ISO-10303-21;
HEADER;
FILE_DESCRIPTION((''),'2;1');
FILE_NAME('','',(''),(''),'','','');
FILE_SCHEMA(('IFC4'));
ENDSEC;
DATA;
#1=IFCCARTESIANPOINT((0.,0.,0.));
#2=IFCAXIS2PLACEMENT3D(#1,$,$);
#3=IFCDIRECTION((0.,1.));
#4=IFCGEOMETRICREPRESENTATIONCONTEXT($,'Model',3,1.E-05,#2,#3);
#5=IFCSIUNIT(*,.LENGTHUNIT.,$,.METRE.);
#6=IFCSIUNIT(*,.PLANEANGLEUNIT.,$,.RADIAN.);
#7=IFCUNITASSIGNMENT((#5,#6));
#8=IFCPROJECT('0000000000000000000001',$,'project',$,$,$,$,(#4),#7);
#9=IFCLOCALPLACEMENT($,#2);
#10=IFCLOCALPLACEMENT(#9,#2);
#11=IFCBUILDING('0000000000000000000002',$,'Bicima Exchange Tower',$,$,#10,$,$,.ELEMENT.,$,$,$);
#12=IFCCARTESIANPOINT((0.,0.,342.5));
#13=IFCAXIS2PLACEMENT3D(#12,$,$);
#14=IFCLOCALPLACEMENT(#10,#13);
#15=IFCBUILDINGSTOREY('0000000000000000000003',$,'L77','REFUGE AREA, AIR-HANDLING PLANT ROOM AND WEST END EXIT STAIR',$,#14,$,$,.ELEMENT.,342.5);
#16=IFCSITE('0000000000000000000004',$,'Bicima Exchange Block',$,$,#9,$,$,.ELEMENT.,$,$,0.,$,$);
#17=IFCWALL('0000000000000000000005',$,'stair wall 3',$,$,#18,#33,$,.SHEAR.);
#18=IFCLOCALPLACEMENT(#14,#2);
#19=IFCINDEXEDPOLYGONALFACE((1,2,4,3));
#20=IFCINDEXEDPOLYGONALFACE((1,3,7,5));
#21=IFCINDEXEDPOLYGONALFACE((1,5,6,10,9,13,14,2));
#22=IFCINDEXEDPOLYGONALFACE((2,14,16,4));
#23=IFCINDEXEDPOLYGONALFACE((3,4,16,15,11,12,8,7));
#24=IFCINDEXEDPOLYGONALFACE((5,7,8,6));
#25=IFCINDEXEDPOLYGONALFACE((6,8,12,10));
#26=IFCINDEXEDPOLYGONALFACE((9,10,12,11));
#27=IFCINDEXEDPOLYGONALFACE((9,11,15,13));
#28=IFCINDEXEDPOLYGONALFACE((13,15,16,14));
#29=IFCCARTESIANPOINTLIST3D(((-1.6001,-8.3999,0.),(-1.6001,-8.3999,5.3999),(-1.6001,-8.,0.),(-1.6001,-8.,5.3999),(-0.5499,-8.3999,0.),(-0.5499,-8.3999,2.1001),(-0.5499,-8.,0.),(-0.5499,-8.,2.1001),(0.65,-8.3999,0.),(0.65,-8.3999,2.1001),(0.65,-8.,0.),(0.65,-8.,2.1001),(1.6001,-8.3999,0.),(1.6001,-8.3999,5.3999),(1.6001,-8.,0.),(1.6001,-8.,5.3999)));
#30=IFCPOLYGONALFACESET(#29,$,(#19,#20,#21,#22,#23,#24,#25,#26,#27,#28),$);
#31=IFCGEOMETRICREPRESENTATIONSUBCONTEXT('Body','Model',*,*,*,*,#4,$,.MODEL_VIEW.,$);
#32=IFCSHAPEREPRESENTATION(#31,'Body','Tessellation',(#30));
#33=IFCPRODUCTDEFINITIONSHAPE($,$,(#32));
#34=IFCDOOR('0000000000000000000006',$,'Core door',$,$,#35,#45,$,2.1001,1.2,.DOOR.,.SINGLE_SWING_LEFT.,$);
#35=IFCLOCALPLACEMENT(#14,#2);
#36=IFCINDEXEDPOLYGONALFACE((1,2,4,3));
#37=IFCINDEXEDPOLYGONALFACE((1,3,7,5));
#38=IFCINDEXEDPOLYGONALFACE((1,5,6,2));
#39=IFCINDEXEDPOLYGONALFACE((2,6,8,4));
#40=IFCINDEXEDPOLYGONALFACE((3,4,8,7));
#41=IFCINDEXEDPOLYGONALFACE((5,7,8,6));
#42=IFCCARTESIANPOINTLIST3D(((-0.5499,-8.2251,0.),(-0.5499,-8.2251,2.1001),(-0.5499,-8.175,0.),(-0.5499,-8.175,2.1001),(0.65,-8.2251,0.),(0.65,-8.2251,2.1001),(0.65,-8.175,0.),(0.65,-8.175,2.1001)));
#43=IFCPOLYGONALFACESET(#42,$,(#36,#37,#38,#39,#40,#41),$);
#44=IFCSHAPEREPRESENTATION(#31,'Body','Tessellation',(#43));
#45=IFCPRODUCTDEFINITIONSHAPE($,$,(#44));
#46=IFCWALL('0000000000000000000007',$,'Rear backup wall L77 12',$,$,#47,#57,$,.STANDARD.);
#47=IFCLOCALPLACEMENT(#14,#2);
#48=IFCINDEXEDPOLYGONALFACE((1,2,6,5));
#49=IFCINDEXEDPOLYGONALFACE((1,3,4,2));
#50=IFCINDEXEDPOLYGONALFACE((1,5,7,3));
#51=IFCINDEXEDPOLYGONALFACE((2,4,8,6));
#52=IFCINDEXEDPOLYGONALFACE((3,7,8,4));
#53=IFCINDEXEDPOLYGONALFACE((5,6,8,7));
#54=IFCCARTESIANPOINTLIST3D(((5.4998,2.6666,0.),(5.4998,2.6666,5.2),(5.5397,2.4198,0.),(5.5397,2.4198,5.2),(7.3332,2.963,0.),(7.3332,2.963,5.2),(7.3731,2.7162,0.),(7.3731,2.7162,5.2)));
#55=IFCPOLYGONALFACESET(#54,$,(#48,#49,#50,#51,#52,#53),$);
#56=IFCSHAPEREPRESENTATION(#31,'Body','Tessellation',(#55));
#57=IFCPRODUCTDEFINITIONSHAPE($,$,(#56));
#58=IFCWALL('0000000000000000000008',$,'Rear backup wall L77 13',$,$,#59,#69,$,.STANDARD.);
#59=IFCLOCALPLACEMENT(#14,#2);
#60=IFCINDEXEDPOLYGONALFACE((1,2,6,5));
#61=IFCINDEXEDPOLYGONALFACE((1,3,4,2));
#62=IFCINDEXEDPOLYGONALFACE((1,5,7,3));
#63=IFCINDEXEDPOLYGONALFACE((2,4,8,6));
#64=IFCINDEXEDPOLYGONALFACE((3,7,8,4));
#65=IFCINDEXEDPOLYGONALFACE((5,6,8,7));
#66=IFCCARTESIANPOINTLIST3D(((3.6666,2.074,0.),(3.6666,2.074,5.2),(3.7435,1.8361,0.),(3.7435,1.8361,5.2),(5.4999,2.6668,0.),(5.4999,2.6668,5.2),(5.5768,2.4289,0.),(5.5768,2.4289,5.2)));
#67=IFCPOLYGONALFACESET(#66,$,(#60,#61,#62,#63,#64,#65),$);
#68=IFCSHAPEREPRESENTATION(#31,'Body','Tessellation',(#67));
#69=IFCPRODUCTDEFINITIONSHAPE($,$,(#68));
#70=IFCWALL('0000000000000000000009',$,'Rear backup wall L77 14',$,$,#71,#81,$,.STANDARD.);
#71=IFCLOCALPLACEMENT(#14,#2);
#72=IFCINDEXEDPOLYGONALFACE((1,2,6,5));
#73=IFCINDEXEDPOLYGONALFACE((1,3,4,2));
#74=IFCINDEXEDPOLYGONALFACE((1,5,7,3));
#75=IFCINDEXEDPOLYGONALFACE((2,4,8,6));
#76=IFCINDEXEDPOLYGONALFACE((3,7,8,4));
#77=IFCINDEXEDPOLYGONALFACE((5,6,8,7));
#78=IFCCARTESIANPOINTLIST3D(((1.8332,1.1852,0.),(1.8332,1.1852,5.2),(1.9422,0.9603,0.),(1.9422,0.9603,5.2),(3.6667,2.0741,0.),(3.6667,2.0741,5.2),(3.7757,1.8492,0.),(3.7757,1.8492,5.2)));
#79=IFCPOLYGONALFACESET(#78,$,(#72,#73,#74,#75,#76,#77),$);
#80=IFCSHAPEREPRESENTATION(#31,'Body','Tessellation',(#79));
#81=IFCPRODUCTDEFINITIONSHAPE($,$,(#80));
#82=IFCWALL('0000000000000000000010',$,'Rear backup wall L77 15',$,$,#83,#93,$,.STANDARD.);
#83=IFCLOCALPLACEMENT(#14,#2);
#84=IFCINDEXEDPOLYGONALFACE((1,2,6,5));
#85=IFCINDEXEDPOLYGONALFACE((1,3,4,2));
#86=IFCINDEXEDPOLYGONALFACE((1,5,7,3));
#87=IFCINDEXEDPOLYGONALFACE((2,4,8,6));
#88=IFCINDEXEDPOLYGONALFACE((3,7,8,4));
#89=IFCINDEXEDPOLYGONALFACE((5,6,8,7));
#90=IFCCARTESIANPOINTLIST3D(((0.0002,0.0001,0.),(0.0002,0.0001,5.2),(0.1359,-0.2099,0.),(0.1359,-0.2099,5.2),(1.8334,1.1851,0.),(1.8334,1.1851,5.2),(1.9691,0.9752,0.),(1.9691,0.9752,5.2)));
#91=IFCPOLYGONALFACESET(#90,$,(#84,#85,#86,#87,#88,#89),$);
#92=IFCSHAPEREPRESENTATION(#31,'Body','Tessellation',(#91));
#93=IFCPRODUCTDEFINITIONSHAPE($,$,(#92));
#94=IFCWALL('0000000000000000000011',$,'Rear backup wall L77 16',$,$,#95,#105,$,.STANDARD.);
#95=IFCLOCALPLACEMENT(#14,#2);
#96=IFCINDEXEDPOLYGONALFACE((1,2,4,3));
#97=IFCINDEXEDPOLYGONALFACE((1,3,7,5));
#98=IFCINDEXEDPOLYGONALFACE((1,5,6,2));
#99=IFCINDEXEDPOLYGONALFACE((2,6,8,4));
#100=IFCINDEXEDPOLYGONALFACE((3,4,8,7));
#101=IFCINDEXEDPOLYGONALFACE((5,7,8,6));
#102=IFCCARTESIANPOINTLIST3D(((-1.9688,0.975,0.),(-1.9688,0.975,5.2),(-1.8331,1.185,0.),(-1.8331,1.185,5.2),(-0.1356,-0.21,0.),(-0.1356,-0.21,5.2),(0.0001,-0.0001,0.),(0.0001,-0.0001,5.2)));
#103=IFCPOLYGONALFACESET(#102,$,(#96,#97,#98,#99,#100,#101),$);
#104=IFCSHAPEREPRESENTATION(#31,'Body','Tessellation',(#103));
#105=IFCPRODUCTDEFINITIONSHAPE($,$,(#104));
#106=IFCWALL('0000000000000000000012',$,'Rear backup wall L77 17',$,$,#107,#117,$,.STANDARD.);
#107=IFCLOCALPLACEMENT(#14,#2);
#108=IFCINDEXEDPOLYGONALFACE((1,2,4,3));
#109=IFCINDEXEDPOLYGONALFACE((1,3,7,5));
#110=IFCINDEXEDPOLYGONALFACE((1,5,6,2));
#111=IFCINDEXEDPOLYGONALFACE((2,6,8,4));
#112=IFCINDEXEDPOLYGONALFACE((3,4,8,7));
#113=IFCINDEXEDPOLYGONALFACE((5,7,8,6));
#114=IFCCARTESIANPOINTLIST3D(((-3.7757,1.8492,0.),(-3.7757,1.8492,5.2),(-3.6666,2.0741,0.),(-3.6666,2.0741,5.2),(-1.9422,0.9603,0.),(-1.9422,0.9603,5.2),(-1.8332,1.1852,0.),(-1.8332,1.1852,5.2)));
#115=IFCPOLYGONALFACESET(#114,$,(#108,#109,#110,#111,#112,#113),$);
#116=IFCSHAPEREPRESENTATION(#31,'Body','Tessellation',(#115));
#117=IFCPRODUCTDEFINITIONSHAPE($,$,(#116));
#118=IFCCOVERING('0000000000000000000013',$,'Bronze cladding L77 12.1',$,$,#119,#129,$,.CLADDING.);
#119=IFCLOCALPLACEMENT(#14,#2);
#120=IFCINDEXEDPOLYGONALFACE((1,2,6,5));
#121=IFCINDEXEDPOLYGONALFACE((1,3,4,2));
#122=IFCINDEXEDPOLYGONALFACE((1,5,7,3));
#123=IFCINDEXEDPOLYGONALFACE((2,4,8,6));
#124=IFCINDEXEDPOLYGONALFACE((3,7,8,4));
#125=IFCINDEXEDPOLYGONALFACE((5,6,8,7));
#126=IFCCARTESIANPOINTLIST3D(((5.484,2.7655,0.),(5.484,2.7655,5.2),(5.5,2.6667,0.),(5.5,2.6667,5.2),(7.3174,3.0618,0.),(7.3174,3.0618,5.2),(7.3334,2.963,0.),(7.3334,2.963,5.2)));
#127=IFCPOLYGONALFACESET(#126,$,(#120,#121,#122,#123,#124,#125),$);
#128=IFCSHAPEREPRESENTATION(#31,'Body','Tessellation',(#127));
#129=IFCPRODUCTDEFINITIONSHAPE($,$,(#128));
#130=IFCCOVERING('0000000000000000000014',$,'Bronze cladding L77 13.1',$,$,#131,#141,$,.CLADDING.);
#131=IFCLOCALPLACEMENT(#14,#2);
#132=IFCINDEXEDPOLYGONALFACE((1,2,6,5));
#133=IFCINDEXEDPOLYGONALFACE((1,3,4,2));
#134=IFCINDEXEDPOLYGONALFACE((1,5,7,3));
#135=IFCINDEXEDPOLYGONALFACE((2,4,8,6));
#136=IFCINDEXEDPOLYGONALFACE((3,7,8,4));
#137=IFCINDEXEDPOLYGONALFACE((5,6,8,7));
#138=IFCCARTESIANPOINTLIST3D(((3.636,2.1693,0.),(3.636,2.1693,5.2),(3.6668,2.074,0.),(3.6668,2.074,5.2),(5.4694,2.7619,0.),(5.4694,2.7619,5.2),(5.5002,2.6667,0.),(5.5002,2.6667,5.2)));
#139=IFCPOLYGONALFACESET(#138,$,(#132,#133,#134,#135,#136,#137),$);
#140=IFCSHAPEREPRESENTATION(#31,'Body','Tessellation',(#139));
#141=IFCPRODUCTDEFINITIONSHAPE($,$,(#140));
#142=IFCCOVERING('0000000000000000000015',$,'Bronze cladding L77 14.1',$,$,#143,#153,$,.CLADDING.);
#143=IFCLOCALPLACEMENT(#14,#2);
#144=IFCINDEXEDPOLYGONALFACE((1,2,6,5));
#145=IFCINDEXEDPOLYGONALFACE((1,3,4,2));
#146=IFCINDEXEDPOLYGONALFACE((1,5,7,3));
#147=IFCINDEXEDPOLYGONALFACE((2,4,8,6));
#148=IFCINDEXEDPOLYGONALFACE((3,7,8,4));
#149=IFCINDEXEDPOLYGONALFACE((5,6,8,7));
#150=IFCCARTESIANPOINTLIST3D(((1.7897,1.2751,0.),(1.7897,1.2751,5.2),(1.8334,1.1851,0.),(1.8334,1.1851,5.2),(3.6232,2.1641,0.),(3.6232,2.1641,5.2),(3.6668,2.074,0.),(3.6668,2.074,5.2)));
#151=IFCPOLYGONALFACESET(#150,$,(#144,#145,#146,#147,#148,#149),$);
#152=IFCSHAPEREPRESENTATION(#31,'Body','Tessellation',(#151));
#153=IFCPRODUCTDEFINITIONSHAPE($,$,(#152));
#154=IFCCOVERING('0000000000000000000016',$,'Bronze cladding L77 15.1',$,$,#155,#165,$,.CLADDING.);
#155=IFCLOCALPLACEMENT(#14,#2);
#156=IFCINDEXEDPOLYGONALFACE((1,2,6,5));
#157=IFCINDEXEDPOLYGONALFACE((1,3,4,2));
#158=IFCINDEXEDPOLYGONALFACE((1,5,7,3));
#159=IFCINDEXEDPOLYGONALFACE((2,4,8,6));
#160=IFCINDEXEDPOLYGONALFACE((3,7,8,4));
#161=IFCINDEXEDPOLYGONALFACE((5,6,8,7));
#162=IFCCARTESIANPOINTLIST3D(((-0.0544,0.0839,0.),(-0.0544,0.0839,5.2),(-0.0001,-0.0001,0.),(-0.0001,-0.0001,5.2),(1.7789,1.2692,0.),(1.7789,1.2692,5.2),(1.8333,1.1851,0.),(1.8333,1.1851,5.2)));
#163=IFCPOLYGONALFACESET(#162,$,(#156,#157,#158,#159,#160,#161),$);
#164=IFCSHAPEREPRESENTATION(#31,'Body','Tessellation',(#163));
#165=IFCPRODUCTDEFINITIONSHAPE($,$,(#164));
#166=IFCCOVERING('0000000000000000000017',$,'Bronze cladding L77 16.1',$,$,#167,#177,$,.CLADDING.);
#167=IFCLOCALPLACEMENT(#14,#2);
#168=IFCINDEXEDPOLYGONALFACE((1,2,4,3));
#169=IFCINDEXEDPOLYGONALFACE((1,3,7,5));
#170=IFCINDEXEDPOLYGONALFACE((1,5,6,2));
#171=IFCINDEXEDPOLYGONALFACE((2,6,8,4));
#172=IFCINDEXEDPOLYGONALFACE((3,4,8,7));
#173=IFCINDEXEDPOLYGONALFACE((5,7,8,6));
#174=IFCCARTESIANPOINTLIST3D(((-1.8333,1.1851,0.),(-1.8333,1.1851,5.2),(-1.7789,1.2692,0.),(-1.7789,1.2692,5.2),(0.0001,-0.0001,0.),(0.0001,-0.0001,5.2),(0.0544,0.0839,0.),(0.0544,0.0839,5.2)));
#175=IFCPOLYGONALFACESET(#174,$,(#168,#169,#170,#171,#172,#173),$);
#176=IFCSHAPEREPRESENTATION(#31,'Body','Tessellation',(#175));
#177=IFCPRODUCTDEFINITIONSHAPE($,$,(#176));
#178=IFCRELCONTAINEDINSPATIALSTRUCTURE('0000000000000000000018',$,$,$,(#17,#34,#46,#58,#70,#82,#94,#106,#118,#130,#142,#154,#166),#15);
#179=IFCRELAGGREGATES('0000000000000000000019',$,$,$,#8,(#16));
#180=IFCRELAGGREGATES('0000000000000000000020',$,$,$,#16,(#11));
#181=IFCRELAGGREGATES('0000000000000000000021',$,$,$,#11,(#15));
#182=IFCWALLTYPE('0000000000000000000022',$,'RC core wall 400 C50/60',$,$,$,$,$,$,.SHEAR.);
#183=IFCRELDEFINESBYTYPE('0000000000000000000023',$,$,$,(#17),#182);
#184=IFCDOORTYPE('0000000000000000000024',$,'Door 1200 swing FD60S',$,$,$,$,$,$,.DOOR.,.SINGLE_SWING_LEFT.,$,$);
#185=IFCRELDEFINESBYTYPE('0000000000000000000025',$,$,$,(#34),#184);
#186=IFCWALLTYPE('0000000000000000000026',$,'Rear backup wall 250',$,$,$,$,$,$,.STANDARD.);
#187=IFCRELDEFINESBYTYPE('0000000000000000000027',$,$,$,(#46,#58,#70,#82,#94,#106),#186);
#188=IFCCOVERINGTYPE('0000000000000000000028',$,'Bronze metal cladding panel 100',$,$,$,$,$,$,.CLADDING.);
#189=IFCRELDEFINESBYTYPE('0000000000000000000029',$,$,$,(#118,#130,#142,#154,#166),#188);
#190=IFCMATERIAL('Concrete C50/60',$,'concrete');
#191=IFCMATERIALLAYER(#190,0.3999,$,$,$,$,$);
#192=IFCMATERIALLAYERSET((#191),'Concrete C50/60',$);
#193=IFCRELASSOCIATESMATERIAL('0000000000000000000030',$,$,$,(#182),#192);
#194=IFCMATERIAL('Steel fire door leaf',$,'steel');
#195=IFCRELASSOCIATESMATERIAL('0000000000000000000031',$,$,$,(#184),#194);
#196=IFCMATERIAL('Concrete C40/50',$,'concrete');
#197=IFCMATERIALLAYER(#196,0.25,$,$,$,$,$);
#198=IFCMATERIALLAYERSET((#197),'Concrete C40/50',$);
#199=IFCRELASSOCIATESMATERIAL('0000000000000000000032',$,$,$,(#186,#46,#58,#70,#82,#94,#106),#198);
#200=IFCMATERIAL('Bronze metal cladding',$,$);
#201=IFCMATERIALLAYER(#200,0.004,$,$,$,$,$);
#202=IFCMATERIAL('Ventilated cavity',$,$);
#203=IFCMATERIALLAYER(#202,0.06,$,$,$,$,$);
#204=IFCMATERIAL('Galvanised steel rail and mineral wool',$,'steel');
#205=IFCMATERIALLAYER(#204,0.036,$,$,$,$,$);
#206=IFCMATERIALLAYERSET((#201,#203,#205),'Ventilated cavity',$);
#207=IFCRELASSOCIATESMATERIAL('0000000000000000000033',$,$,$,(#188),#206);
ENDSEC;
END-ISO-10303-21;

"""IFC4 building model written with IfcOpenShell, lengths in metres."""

from ifc_helpers import new_model, si_unit, direction, frame, frame_2d, origin, origin_2d, place, context, subcontext, project, spatial, rectangle, extrude, material, layer, layer_set, layer_usage, type_object, element, fill, save


model = new_model("IFC4")

# Units and contexts
model_context = context("Model", 3, precision=1e-05, world=origin(), true_north=direction((0.0, 1.0)))
body_context = subcontext(model_context, "Body", "Model", "MODEL_VIEW")
ifc_project = project(units=[si_unit("LENGTHUNIT", "METRE"), si_unit("PLANEANGLEUNIT", "RADIAN")], contexts=[model_context])

# Site, building, storey
site_placement = place(None, origin())
site = spatial("IfcSite", under=ifc_project, at=site_placement, Name="Bicima Exchange Block", CompositionType="ELEMENT", RefElevation=0.0)
building_placement = place(site_placement, origin())
building = spatial("IfcBuilding", under=site, at=building_placement, Name="Bicima Exchange Tower", CompositionType="ELEMENT")
storey_placement = place(building_placement, frame((0.0, 0.0, 342.5)))
storey = spatial("IfcBuildingStorey", under=building, at=storey_placement, Name="L77", Description="REFUGE AREA, AIR-HANDLING PLANT ROOM AND WEST END EXIT STAIR", CompositionType="ELEMENT", Elevation=342.5)

# Shared definitions
ifc_material_1 = material(Name="Concrete C40/50", Category="concrete")

# Shared definitions
ifc_material_2 = material(Name="Concrete C50/60", Category="concrete")

# Shared definitions
ifc_material_3 = material(Name="Steel fire door leaf", Category="steel")

# Wall, opening, door
ifc_layer_1 = layer(ifc_material_2, 0.3999)
ifc_layer_set_1 = layer_set([ifc_layer_1], Name="Concrete C50/60")
wall_type_1 = type_object("IfcWallType", Name="RC core wall 400 C50/60", PredefinedType="SHEAR", material=ifc_layer_set_1)
wall_1_placement = place(storey_placement, frame((-1.6001, -8.2, 0.0), z_axis=(0.0, 0.0, 1.0), x_axis=(1.0, 0.0, 0.0)))
wall_1 = element("IfcWall", 1, at=wall_1_placement, inside=storey, type_object=wall_type_1, Name="stair wall 3", PredefinedType="SHEAR", context=body_context, shape_type="SweptSolid", body=[
    extrude(rectangle(XDim=3.2002, YDim=0.3999, at=frame_2d((1.6001, 0.0))), origin(), (0.0, 0.0, 1.0), 5.3999),
])
opening_1_placement = place(wall_1_placement, frame((1.05, 0.0, 0.0)))
opening_1 = element("IfcOpeningElement", 2, at=opening_1_placement, cuts=wall_1, PredefinedType="OPENING", context=body_context, shape_type="SweptSolid", body=[
    extrude(rectangle(XDim=1.2, YDim=2.1001, at=frame_2d((0.6001, 1.05))), frame((0.0, 0.2119, 0.0), z_axis=(0.0, -1.0, 0.0), x_axis=(1.0, 0.0, 0.0)), (0.0, 0.0, 1.0), 0.4238),
])
door_type_1 = type_object("IfcDoorType", Name="Door 1200 swing FD60S", OperationType="SINGLE_SWING_LEFT", PredefinedType="DOOR", material=ifc_material_3)
door_1_placement = place(opening_1_placement, origin())
door_1 = element("IfcDoor", 3, at=door_1_placement, inside=storey, type_object=door_type_1, Name="Core door", OperationType="SINGLE_SWING_LEFT", OverallHeight=2.1001, OverallWidth=1.2, PredefinedType="DOOR", context=body_context, shape_type="SweptSolid", body=[
    extrude(rectangle(XDim=1.2, YDim=2.1001, at=frame_2d((0.6001, 1.05))), frame((0.0, 0.0249, 0.0), z_axis=(0.0, -1.0, 0.0), x_axis=(1.0, 0.0, 0.0)), (0.0, 0.0, 1.0), 0.05),
])
fill(opening_1, door_1)

# Walls
ifc_layer_2 = layer(ifc_material_1, 0.25)
ifc_layer_set_2 = layer_set([ifc_layer_2], Name="Concrete C40/50")
ifc_layer_usage = layer_usage(ifc_layer_set_2, "AXIS2", "POSITIVE", -0.125)
wall_type_2 = type_object("IfcWallType", Name="Rear backup wall 250", PredefinedType="STANDARD", material=ifc_layer_set_2)
wall_2_placement = place(storey_placement, frame((7.3533, 2.8396, 0.0), z_axis=(0.0, 0.0, 1.0), x_axis=(-0.987182, -0.1596, 0.0)))
element("IfcWall", 4, at=wall_2_placement, inside=storey, type_object=wall_type_2, material=ifc_layer_usage, Name="Rear backup wall L77 12", PredefinedType="STANDARD", context=body_context, shape_type="SweptSolid", body=[
    extrude(rectangle(XDim=1.8572, YDim=0.25, at=frame_2d((0.9287, 0.0))), origin(), (0.0, 0.0, 1.0), 5.2),
])
wall_3_placement = place(storey_placement, frame((5.5383, 2.5479, 0.0), z_axis=(0.0, 0.0, 1.0), x_axis=(-0.951496, -0.307662, 0.0)))
element("IfcWall", 5, at=wall_3_placement, inside=storey, type_object=wall_type_2, material=ifc_layer_usage, Name="Rear backup wall L77 13", PredefinedType="STANDARD", context=body_context, shape_type="SweptSolid", body=[
    extrude(rectangle(XDim=1.9268, YDim=0.25, at=frame_2d((0.9634, 0.0))), origin(), (0.0, 0.0, 1.0), 5.2),
])
wall_4_placement = place(storey_placement, frame((3.7212, 1.9617, 0.0), z_axis=(0.0, 0.0, 1.0), x_axis=(-0.899824, -0.436253, 0.0)))
element("IfcWall", 6, at=wall_4_placement, inside=storey, type_object=wall_type_2, material=ifc_layer_usage, Name="Rear backup wall L77 14", PredefinedType="STANDARD", context=body_context, shape_type="SweptSolid", body=[
    extrude(rectangle(XDim=2.0376, YDim=0.25, at=frame_2d((1.0188, 0.0))), origin(), (0.0, 0.0, 1.0), 5.2),
])
for number, where, z_axis, x_axis, name in (
    (7, (1.9011, 1.0801, 0.0), (0.0, 0.0, 1.0), (-0.839813, -0.542876, 0.0), "Rear backup wall L77 15"),
    (8, (-0.0679, -0.105, 0.0), (0.0, 0.0, 1.0), (-0.839813, 0.542876, 0.0), "Rear backup wall L77 16"),
):
    element("IfcWall", number, at=place(storey_placement, frame(where, z_axis=z_axis, x_axis=x_axis)), inside=storey, type_object=wall_type_2, material=ifc_layer_usage, Name=name, PredefinedType="STANDARD", context=body_context, shape_type="SweptSolid", body=[
        extrude(rectangle(XDim=2.1829, YDim=0.25, at=frame_2d((1.0913, 0.0))), origin(), (0.0, 0.0, 1.0), 5.2),
    ])
wall_5_placement = place(storey_placement, frame((-1.8877, 1.0728, 0.0), z_axis=(0.0, 0.0, 1.0), x_axis=(-0.899824, 0.436253, 0.0)))
element("IfcWall", 9, at=wall_5_placement, inside=storey, type_object=wall_type_2, material=ifc_layer_usage, Name="Rear backup wall L77 17", PredefinedType="STANDARD", context=body_context, shape_type="SweptSolid", body=[
    extrude(rectangle(XDim=2.0376, YDim=0.25, at=frame_2d((1.0188, 0.0))), origin(), (0.0, 0.0, 1.0), 5.2),
])

# Coverings
ifc_material_4 = material(Name="Bronze metal cladding")
ifc_layer_3 = layer(ifc_material_4, 0.004)
ifc_material_5 = material(Name="Ventilated cavity")
ifc_layer_4 = layer(ifc_material_5, 0.06)
ifc_material_6 = material(Name="Galvanised steel rail and mineral wool", Category="steel")
ifc_layer_5 = layer(ifc_material_6, 0.036)
ifc_layer_set_3 = layer_set([ifc_layer_3, ifc_layer_4, ifc_layer_5], Name="Ventilated cavity")
covering_type = type_object("IfcCoveringType", Name="Bronze metal cladding panel 100", PredefinedType="CLADDING", material=ifc_layer_set_3)
covering_1_placement = place(storey_placement, frame((6.4087, 2.8643, 0.0), z_axis=(0.0, 0.0, 1.0), x_axis=(-0.98719, -0.15955, 0.0)))
element("IfcCovering", 10, at=covering_1_placement, inside=storey, type_object=covering_type, Name="Bronze cladding L77 12.1", PredefinedType="CLADDING", context=body_context, shape_type="SweptSolid", body=[
    extrude(rectangle(XDim=1.8572, YDim=0.1001, at=origin_2d()), origin(), (0.0, 0.0, 1.0), 5.2),
])
covering_2_placement = place(storey_placement, frame((4.5681, 2.418, 0.0), z_axis=(0.0, 0.0, 1.0), x_axis=(-0.951525, -0.307573, 0.0)))
element("IfcCovering", 11, at=covering_2_placement, inside=storey, type_object=covering_type, Name="Bronze cladding L77 13.1", PredefinedType="CLADDING", context=body_context, shape_type="SweptSolid", body=[
    extrude(rectangle(XDim=1.9268, YDim=0.1001, at=origin_2d()), origin(), (0.0, 0.0, 1.0), 5.2),
])
covering_3_placement = place(storey_placement, frame((2.7283, 1.6746, 0.0), z_axis=(0.0, 0.0, 1.0), x_axis=(-0.899818, -0.436265, 0.0)))
element("IfcCovering", 12, at=covering_3_placement, inside=storey, type_object=covering_type, Name="Bronze cladding L77 14.1", PredefinedType="CLADDING", context=body_context, shape_type="SweptSolid", body=[
    extrude(rectangle(XDim=2.0376, YDim=0.1001, at=origin_2d()), origin(), (0.0, 0.0, 1.0), 5.2),
])
for number, where, z_axis, x_axis, name in (
    (13, (0.8894, 0.6345, 0.0), (0.0, 0.0, 1.0), (-0.83979, -0.542911, 0.0), "Bronze cladding L77 15.1"),
    (14, (-0.8894, 0.6345, 0.0), (0.0, 0.0, 1.0), (-0.83979, 0.542911, 0.0), "Bronze cladding L77 16.1"),
):
    element("IfcCovering", number, at=place(storey_placement, frame(where, z_axis=z_axis, x_axis=x_axis)), inside=storey, type_object=covering_type, Name=name, PredefinedType="CLADDING", context=body_context, shape_type="SweptSolid", body=[
        extrude(rectangle(XDim=2.1831, YDim=0.1001, at=origin_2d()), origin(), (0.0, 0.0, 1.0), 5.2),
    ])

save(model, "model.ifc")
